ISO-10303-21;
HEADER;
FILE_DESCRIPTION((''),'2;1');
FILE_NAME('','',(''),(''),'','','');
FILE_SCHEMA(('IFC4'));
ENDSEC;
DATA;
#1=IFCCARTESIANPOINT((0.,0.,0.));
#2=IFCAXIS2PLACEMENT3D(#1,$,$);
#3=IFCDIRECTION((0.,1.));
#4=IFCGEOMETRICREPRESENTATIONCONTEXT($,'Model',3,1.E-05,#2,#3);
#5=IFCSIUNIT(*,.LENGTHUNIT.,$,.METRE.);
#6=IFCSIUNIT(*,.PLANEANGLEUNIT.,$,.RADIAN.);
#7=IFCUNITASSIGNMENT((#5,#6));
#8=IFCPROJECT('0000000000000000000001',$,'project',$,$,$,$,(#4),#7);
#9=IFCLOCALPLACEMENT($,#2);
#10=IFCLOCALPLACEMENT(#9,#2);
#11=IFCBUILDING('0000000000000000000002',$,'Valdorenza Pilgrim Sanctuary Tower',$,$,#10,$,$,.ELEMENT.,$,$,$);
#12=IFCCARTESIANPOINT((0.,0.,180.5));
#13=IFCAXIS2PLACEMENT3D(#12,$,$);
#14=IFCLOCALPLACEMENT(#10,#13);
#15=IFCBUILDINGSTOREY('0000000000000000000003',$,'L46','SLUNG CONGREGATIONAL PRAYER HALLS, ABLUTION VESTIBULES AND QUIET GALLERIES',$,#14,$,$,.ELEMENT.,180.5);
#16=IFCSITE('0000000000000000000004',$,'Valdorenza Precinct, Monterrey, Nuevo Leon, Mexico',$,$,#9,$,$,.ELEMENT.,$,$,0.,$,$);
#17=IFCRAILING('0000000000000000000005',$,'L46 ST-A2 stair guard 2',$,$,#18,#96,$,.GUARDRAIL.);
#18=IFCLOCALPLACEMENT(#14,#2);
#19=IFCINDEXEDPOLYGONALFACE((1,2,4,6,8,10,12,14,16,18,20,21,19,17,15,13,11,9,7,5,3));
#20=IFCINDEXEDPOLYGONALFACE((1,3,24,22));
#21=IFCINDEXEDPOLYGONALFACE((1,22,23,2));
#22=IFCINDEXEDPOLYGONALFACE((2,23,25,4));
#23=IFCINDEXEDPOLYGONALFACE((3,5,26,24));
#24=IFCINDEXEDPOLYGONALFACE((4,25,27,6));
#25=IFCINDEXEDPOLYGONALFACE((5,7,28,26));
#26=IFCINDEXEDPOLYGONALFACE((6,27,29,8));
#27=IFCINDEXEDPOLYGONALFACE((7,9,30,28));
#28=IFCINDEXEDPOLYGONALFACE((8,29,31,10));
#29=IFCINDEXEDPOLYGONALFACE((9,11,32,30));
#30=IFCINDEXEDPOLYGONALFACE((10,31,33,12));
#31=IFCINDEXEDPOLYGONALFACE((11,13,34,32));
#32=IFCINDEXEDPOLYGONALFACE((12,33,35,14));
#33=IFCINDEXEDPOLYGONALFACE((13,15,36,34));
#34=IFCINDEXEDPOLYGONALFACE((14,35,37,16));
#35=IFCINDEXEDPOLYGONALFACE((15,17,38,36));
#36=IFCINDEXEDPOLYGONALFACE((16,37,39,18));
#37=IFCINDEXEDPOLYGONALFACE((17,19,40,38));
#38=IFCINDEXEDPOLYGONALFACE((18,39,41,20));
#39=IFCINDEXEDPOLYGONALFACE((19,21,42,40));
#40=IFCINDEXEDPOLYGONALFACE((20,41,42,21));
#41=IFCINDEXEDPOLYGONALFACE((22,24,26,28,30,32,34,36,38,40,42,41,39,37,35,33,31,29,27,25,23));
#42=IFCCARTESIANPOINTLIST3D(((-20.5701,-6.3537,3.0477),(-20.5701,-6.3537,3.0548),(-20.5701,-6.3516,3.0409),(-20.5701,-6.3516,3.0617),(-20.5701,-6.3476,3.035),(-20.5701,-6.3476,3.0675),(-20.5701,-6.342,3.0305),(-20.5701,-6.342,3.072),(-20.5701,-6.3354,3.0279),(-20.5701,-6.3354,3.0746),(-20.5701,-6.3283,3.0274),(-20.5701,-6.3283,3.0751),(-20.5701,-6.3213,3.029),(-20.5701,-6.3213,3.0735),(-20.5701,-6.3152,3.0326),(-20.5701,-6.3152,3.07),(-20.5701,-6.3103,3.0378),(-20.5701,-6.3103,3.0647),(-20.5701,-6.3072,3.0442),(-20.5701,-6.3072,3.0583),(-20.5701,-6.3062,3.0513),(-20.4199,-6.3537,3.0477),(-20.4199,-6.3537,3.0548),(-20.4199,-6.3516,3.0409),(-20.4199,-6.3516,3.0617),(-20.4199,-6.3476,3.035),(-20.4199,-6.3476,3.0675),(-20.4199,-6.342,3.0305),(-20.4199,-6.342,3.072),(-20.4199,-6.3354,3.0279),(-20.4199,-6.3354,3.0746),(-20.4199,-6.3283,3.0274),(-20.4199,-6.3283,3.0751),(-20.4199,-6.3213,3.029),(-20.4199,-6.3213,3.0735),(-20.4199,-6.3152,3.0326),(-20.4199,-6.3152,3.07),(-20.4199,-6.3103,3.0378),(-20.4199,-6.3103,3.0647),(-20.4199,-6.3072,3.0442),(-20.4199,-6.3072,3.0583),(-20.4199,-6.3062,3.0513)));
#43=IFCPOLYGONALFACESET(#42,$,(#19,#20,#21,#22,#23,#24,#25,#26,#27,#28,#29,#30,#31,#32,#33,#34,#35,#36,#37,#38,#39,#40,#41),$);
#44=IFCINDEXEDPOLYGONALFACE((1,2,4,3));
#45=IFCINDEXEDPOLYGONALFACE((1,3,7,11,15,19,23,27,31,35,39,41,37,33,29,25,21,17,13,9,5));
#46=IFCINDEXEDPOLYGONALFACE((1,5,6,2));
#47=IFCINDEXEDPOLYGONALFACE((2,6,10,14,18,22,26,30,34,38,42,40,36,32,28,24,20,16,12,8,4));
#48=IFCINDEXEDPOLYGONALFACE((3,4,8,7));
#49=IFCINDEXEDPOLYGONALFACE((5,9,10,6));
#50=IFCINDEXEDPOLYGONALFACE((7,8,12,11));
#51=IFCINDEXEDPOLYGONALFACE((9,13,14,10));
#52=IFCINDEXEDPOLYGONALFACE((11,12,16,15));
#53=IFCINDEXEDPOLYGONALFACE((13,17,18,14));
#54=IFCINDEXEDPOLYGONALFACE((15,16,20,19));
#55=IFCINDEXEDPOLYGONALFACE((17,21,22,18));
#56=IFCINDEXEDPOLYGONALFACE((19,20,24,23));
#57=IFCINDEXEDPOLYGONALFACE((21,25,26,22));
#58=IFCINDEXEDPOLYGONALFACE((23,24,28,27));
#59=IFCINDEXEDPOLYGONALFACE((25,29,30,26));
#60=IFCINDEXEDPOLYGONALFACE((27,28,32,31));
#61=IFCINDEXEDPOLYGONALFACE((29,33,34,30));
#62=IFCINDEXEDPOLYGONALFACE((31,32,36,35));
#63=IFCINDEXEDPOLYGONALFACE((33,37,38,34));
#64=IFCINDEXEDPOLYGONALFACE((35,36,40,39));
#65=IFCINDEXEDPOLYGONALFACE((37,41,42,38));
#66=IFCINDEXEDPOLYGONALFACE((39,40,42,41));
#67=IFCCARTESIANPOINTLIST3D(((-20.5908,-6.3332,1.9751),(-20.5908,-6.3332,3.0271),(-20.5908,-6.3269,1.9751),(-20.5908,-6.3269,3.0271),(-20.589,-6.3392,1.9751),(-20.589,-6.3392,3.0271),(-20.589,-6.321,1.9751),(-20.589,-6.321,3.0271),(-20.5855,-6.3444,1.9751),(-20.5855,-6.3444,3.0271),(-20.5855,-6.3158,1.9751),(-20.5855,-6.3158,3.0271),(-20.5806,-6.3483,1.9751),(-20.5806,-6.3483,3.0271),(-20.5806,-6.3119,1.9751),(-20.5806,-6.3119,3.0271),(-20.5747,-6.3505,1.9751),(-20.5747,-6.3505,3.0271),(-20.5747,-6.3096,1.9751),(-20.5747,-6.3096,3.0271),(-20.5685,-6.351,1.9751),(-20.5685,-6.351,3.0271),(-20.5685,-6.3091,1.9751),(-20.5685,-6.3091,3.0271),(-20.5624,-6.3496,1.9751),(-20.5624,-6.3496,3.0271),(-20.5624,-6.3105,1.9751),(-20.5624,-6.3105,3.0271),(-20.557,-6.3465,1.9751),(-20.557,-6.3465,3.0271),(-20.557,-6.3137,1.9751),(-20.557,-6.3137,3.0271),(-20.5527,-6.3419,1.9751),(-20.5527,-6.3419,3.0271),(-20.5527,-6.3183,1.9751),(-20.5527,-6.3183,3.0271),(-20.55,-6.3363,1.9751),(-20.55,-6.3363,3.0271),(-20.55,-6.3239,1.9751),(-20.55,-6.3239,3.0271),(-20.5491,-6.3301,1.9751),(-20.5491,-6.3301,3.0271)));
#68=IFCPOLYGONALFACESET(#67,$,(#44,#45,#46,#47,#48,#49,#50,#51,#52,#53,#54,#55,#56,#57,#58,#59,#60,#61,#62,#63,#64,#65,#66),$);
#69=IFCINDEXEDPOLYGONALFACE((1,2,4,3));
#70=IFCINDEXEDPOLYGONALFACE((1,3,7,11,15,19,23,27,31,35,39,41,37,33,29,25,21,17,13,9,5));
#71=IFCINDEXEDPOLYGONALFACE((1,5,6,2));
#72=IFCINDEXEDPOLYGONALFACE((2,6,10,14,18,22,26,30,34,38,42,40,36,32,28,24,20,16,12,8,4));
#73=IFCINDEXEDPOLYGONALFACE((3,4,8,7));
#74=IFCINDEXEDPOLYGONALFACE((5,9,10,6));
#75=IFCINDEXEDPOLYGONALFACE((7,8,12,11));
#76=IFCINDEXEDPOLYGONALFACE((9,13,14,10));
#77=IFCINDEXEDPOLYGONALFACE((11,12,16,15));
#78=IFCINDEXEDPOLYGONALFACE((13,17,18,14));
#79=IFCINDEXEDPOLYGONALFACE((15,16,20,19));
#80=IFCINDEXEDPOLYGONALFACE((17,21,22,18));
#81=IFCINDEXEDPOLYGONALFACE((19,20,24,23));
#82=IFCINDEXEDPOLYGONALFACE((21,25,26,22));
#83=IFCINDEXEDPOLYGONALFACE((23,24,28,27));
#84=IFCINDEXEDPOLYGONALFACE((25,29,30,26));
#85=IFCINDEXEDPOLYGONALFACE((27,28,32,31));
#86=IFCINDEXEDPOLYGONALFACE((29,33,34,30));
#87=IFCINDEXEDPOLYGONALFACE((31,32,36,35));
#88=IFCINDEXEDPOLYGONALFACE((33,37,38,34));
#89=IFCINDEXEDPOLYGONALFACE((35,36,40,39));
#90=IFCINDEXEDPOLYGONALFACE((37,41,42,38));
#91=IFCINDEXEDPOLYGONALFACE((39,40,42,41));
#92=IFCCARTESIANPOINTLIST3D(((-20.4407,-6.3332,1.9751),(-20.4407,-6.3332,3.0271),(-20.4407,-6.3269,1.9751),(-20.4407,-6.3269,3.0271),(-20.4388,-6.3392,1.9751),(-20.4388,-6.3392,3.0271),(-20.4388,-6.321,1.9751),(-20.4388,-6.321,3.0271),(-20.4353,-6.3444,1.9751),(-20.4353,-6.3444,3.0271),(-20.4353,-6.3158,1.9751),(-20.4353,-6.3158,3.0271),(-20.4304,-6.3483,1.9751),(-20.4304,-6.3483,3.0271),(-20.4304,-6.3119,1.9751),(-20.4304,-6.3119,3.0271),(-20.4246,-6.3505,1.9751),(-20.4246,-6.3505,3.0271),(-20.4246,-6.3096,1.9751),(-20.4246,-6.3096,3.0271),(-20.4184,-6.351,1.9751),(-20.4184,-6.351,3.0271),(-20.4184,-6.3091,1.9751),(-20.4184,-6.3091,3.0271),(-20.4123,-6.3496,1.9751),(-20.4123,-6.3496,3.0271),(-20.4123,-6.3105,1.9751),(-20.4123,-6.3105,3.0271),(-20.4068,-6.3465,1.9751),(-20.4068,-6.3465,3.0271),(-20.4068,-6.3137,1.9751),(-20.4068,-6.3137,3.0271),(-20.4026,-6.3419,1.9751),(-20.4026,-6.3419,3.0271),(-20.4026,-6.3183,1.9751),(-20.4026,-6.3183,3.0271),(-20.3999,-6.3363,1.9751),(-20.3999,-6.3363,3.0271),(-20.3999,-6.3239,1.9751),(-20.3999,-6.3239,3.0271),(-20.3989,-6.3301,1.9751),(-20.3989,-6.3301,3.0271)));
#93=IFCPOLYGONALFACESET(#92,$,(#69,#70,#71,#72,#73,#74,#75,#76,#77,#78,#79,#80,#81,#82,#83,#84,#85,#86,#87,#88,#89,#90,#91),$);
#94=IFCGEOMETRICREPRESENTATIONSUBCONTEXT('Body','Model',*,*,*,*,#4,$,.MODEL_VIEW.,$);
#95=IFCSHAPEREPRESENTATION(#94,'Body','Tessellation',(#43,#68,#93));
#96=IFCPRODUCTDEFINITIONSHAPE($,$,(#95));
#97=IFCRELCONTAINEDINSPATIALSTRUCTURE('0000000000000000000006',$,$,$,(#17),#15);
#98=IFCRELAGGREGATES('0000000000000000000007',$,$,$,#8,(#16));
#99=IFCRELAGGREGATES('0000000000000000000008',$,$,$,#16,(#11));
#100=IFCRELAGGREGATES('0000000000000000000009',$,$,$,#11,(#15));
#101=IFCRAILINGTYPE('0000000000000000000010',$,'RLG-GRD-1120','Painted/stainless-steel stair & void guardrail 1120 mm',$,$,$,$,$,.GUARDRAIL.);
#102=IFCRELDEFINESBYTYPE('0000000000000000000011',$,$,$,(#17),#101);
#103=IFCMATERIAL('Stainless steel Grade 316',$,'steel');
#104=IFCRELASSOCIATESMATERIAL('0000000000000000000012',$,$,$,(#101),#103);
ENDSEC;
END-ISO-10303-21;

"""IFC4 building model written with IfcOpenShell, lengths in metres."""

from ifc_helpers import new_model, si_unit, direction, frame, origin, origin_2d, place, context, subcontext, project, spatial, circle, extrude, material, type_object, element, save


model = new_model("IFC4")

# Units and contexts
model_context = context("Model", 3, precision=1e-05, world=origin(), true_north=direction((0.0, 1.0)))
body_context = subcontext(model_context, "Body", "Model", "MODEL_VIEW")
ifc_project = project(units=[si_unit("LENGTHUNIT", "METRE"), si_unit("PLANEANGLEUNIT", "RADIAN")], contexts=[model_context])

# Site, building, storey
site_placement = place(None, origin())
site = spatial("IfcSite", under=ifc_project, at=site_placement, Name="Valdorenza Precinct, Monterrey, Nuevo Leon, Mexico", CompositionType="ELEMENT", RefElevation=0.0)
building_placement = place(site_placement, origin())
building = spatial("IfcBuilding", under=site, at=building_placement, Name="Valdorenza Pilgrim Sanctuary Tower", CompositionType="ELEMENT")
storey_placement = place(building_placement, frame((0.0, 0.0, 180.5)))
storey = spatial("IfcBuildingStorey", under=building, at=storey_placement, Name="L46", Description="SLUNG CONGREGATIONAL PRAYER HALLS, ABLUTION VESTIBULES AND QUIET GALLERIES", CompositionType="ELEMENT", Elevation=180.5)

# Railing
ifc_material_1 = material(Name="Stainless steel Grade 316", Category="steel")
railing_type_1 = type_object("IfcRailingType", Name="RLG-GRD-1120", Description="Painted/stainless-steel stair & void guardrail 1120 mm", PredefinedType="GUARDRAIL", material=ifc_material_1)
railing_1_placement = place(storey_placement, frame((-20.5701, -6.3301, 1.9751)))
element("IfcRailing", 1, at=railing_1_placement, inside=storey, type_object=railing_type_1, Name="L46 ST-A2 stair guard 2", PredefinedType="GUARDRAIL", context=body_context, shape_type="SweptSolid", body=[
    extrude(circle(Radius=0.0239, at=origin_2d()), frame((0.0, 0.0, 1.0762), z_axis=(1.0, 0.0, 0.0), x_axis=(0.0, 1.0, 0.0)), (0.0, 0.0, 1.0), 0.1501),
    extrude(circle(Radius=0.021, at=origin_2d()), origin(), (0.0, 0.0, 1.0), 1.052),
    extrude(circle(Radius=0.021, at=origin_2d()), frame((0.1501, 0.0, 0.0)), (0.0, 0.0, 1.0), 1.052),
])

save(model, "model.ifc")
